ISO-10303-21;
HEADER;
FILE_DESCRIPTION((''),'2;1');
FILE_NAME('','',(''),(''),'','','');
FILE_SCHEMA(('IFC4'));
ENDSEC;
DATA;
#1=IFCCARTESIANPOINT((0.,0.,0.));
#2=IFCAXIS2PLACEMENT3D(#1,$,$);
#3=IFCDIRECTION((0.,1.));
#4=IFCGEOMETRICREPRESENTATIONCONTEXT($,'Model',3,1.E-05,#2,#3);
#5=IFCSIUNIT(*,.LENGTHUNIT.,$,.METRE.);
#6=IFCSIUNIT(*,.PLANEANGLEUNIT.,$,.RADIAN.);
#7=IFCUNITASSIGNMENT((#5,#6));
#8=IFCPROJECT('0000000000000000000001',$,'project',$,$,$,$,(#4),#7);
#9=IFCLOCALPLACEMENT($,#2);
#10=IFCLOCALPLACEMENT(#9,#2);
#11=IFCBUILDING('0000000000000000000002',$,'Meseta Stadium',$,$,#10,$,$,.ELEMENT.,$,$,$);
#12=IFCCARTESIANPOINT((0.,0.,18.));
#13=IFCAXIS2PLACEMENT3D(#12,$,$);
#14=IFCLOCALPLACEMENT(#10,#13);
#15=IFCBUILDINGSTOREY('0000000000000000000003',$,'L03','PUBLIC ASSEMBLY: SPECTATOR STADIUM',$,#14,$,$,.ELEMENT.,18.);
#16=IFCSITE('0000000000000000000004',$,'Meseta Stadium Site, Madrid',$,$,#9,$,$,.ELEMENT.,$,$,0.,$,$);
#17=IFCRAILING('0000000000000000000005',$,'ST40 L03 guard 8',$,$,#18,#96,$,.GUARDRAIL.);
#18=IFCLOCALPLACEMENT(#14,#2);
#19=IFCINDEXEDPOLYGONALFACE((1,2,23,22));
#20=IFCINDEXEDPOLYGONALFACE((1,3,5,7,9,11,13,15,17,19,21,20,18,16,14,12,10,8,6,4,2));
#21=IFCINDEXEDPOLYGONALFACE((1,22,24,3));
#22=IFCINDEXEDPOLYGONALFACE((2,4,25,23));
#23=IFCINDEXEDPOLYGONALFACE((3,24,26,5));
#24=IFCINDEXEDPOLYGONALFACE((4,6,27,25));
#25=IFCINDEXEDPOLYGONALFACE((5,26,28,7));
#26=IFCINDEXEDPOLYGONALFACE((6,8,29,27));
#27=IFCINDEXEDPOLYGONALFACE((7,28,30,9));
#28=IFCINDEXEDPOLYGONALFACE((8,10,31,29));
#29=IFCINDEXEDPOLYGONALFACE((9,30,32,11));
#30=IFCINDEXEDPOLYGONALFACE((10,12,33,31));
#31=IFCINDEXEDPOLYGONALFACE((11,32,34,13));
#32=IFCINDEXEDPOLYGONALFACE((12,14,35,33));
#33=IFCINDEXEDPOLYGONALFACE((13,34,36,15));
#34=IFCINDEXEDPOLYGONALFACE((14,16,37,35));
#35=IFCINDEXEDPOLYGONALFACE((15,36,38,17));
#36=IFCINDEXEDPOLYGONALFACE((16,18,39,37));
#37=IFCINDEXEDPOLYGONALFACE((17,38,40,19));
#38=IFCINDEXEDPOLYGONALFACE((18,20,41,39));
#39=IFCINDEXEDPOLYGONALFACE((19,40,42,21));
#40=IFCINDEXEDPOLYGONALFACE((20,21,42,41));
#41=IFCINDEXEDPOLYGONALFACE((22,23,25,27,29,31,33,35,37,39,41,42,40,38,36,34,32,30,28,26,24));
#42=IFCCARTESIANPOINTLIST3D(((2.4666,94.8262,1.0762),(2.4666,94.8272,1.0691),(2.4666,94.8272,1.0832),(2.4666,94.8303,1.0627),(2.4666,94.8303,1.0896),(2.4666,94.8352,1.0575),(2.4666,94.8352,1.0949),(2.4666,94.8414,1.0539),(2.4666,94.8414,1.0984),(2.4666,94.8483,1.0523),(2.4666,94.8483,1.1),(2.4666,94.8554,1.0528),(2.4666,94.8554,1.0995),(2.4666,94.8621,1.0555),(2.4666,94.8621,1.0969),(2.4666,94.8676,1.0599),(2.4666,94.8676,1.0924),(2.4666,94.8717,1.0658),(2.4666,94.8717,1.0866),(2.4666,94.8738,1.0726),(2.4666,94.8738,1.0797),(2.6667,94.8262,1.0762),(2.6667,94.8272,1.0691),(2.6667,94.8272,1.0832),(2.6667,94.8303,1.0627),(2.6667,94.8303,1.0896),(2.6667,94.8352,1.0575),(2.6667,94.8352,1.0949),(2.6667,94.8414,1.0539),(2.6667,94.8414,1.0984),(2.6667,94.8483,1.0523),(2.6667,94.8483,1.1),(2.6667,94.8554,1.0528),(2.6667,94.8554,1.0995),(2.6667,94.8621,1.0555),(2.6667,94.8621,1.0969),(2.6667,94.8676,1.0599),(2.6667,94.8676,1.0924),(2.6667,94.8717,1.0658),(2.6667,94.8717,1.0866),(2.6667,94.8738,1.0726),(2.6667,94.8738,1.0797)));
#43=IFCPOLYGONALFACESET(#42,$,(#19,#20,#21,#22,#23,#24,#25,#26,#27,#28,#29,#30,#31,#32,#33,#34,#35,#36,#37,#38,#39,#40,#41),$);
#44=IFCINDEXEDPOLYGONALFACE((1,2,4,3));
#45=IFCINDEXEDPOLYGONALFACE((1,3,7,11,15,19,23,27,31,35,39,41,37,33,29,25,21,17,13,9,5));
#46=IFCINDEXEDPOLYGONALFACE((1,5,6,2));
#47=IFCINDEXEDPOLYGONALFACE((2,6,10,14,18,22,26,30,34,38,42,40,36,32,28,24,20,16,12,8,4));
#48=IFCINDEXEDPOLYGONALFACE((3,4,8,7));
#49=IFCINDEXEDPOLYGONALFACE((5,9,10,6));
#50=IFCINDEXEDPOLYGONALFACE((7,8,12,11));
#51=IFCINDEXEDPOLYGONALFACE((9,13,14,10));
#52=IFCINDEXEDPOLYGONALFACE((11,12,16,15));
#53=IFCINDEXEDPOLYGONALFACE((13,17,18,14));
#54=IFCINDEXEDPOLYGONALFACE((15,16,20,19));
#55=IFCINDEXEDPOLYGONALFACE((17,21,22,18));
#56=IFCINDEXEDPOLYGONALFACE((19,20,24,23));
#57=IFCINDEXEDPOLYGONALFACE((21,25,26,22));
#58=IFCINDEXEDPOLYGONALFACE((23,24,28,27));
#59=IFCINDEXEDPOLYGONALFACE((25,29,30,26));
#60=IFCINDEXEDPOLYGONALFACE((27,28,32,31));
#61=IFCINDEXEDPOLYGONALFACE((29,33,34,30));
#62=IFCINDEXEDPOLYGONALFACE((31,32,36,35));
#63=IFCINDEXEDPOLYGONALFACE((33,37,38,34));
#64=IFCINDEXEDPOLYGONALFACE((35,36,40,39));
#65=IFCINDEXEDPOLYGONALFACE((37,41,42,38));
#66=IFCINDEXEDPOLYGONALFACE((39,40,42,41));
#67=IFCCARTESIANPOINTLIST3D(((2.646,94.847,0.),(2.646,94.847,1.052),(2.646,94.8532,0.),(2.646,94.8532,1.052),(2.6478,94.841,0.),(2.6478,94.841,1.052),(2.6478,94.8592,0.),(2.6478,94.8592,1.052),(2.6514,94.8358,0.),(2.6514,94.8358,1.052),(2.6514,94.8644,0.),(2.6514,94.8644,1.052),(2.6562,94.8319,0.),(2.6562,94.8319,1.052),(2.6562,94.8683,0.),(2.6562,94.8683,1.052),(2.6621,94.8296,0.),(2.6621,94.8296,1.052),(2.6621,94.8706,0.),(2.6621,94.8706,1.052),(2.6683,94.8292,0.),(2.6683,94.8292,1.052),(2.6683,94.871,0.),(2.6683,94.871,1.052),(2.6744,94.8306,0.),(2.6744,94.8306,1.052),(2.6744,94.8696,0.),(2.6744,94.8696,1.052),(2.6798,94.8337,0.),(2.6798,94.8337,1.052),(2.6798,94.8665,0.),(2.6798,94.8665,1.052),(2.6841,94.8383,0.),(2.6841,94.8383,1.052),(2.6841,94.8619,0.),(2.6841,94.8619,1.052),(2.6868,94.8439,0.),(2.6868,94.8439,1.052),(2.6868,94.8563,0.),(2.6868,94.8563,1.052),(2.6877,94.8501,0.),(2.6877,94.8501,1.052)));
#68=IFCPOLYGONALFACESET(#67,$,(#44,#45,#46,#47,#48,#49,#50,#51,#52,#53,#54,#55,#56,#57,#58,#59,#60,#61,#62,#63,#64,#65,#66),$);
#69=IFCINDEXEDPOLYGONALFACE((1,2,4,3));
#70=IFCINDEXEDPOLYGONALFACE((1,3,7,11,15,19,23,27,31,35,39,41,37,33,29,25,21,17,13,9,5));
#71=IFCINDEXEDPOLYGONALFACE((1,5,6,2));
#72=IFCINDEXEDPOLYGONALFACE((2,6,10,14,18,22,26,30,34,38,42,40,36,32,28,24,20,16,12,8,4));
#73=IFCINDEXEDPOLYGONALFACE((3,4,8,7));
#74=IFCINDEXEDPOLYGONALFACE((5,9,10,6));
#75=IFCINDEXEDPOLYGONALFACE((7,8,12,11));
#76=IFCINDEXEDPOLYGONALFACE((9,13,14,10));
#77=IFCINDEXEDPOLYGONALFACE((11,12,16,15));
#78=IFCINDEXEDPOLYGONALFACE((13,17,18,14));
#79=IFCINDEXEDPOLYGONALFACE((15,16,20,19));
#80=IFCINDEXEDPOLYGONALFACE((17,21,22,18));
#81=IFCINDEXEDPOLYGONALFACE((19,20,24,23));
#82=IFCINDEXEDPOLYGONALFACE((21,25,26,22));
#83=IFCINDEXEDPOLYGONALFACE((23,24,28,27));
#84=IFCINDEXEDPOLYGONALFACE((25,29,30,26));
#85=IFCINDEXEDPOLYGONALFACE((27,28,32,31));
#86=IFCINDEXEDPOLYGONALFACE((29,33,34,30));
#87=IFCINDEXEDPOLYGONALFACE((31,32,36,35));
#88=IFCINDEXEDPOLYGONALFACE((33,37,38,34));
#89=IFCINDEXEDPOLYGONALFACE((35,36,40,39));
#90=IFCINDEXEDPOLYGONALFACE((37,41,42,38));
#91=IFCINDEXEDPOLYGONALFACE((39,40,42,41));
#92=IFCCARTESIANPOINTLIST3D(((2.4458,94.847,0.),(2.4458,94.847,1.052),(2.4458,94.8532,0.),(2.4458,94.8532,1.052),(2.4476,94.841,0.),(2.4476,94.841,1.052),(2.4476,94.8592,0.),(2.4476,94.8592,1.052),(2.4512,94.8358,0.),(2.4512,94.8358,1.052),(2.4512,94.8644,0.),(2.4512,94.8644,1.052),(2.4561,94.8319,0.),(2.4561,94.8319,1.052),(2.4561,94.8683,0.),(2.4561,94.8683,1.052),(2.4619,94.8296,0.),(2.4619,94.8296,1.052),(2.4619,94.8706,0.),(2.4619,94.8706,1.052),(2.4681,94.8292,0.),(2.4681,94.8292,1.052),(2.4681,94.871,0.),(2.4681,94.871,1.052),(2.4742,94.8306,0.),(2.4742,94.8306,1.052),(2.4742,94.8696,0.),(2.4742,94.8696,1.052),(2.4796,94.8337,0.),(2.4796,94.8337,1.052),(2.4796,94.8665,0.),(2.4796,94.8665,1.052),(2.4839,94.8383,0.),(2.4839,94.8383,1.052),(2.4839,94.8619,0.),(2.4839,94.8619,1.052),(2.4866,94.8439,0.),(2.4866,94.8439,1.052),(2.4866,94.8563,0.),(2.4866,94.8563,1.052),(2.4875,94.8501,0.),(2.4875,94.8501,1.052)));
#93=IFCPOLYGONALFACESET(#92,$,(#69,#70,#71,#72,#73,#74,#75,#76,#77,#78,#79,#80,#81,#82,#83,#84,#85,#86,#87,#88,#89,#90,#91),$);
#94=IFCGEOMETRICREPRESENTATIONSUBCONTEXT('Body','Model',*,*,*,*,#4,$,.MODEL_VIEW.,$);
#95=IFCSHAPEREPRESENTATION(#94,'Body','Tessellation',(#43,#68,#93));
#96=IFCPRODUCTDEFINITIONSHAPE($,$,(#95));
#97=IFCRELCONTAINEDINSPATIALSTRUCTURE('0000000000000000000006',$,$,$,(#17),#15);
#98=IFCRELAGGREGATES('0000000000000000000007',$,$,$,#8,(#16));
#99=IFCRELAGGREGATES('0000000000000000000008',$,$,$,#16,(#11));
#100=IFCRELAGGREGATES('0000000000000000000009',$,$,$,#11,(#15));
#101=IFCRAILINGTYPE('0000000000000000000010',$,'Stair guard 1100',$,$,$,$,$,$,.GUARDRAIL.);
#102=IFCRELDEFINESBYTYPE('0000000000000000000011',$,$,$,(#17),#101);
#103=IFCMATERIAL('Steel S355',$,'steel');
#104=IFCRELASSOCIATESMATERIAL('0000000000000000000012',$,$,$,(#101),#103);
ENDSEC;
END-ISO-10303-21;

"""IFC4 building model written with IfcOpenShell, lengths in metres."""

from ifc_helpers import new_model, si_unit, direction, frame, origin, origin_2d, place, context, subcontext, project, spatial, circle, extrude, material, type_object, element, save


model = new_model("IFC4")

# Units and contexts
model_context = context("Model", 3, precision=1e-05, world=origin(), true_north=direction((0.0, 1.0)))
body_context = subcontext(model_context, "Body", "Model", "MODEL_VIEW")
ifc_project = project(units=[si_unit("LENGTHUNIT", "METRE"), si_unit("PLANEANGLEUNIT", "RADIAN")], contexts=[model_context])

# Site, building, storey
site_placement = place(None, origin())
site = spatial("IfcSite", under=ifc_project, at=site_placement, Name="Meseta Stadium Site, Madrid", CompositionType="ELEMENT", RefElevation=0.0)
building_placement = place(site_placement, origin())
building = spatial("IfcBuilding", under=site, at=building_placement, Name="Meseta Stadium", CompositionType="ELEMENT")
storey_placement = place(building_placement, frame((0.0, 0.0, 18.0)))
storey = spatial("IfcBuildingStorey", under=building, at=storey_placement, Name="L03", Description="PUBLIC ASSEMBLY: SPECTATOR STADIUM", CompositionType="ELEMENT", Elevation=18.0)

# Railing
ifc_material_1 = material(Name="Steel S355", Category="steel")
railing_type_1 = type_object("IfcRailingType", Name="Stair guard 1100", PredefinedType="GUARDRAIL", material=ifc_material_1)
railing_1_placement = place(storey_placement, frame((2.6667, 94.8501, 0.0)))
element("IfcRailing", 1, at=railing_1_placement, inside=storey, type_object=railing_type_1, Name="ST40 L03 guard 8", PredefinedType="GUARDRAIL", context=body_context, shape_type="SweptSolid", body=[
    extrude(circle(Radius=0.0239, at=origin_2d()), frame((0.0, 0.0, 1.0762), z_axis=(-1.0, 0.0, 0.0), x_axis=(0.0, -1.0, 0.0)), (0.0, 0.0, 1.0), 0.2002),
    extrude(circle(Radius=0.021, at=origin_2d()), origin(), (0.0, 0.0, 1.0), 1.052),
    extrude(circle(Radius=0.021, at=origin_2d()), frame((-0.2002, 0.0, 0.0)), (0.0, 0.0, 1.0), 1.052),
])

save(model, "model.ifc")
